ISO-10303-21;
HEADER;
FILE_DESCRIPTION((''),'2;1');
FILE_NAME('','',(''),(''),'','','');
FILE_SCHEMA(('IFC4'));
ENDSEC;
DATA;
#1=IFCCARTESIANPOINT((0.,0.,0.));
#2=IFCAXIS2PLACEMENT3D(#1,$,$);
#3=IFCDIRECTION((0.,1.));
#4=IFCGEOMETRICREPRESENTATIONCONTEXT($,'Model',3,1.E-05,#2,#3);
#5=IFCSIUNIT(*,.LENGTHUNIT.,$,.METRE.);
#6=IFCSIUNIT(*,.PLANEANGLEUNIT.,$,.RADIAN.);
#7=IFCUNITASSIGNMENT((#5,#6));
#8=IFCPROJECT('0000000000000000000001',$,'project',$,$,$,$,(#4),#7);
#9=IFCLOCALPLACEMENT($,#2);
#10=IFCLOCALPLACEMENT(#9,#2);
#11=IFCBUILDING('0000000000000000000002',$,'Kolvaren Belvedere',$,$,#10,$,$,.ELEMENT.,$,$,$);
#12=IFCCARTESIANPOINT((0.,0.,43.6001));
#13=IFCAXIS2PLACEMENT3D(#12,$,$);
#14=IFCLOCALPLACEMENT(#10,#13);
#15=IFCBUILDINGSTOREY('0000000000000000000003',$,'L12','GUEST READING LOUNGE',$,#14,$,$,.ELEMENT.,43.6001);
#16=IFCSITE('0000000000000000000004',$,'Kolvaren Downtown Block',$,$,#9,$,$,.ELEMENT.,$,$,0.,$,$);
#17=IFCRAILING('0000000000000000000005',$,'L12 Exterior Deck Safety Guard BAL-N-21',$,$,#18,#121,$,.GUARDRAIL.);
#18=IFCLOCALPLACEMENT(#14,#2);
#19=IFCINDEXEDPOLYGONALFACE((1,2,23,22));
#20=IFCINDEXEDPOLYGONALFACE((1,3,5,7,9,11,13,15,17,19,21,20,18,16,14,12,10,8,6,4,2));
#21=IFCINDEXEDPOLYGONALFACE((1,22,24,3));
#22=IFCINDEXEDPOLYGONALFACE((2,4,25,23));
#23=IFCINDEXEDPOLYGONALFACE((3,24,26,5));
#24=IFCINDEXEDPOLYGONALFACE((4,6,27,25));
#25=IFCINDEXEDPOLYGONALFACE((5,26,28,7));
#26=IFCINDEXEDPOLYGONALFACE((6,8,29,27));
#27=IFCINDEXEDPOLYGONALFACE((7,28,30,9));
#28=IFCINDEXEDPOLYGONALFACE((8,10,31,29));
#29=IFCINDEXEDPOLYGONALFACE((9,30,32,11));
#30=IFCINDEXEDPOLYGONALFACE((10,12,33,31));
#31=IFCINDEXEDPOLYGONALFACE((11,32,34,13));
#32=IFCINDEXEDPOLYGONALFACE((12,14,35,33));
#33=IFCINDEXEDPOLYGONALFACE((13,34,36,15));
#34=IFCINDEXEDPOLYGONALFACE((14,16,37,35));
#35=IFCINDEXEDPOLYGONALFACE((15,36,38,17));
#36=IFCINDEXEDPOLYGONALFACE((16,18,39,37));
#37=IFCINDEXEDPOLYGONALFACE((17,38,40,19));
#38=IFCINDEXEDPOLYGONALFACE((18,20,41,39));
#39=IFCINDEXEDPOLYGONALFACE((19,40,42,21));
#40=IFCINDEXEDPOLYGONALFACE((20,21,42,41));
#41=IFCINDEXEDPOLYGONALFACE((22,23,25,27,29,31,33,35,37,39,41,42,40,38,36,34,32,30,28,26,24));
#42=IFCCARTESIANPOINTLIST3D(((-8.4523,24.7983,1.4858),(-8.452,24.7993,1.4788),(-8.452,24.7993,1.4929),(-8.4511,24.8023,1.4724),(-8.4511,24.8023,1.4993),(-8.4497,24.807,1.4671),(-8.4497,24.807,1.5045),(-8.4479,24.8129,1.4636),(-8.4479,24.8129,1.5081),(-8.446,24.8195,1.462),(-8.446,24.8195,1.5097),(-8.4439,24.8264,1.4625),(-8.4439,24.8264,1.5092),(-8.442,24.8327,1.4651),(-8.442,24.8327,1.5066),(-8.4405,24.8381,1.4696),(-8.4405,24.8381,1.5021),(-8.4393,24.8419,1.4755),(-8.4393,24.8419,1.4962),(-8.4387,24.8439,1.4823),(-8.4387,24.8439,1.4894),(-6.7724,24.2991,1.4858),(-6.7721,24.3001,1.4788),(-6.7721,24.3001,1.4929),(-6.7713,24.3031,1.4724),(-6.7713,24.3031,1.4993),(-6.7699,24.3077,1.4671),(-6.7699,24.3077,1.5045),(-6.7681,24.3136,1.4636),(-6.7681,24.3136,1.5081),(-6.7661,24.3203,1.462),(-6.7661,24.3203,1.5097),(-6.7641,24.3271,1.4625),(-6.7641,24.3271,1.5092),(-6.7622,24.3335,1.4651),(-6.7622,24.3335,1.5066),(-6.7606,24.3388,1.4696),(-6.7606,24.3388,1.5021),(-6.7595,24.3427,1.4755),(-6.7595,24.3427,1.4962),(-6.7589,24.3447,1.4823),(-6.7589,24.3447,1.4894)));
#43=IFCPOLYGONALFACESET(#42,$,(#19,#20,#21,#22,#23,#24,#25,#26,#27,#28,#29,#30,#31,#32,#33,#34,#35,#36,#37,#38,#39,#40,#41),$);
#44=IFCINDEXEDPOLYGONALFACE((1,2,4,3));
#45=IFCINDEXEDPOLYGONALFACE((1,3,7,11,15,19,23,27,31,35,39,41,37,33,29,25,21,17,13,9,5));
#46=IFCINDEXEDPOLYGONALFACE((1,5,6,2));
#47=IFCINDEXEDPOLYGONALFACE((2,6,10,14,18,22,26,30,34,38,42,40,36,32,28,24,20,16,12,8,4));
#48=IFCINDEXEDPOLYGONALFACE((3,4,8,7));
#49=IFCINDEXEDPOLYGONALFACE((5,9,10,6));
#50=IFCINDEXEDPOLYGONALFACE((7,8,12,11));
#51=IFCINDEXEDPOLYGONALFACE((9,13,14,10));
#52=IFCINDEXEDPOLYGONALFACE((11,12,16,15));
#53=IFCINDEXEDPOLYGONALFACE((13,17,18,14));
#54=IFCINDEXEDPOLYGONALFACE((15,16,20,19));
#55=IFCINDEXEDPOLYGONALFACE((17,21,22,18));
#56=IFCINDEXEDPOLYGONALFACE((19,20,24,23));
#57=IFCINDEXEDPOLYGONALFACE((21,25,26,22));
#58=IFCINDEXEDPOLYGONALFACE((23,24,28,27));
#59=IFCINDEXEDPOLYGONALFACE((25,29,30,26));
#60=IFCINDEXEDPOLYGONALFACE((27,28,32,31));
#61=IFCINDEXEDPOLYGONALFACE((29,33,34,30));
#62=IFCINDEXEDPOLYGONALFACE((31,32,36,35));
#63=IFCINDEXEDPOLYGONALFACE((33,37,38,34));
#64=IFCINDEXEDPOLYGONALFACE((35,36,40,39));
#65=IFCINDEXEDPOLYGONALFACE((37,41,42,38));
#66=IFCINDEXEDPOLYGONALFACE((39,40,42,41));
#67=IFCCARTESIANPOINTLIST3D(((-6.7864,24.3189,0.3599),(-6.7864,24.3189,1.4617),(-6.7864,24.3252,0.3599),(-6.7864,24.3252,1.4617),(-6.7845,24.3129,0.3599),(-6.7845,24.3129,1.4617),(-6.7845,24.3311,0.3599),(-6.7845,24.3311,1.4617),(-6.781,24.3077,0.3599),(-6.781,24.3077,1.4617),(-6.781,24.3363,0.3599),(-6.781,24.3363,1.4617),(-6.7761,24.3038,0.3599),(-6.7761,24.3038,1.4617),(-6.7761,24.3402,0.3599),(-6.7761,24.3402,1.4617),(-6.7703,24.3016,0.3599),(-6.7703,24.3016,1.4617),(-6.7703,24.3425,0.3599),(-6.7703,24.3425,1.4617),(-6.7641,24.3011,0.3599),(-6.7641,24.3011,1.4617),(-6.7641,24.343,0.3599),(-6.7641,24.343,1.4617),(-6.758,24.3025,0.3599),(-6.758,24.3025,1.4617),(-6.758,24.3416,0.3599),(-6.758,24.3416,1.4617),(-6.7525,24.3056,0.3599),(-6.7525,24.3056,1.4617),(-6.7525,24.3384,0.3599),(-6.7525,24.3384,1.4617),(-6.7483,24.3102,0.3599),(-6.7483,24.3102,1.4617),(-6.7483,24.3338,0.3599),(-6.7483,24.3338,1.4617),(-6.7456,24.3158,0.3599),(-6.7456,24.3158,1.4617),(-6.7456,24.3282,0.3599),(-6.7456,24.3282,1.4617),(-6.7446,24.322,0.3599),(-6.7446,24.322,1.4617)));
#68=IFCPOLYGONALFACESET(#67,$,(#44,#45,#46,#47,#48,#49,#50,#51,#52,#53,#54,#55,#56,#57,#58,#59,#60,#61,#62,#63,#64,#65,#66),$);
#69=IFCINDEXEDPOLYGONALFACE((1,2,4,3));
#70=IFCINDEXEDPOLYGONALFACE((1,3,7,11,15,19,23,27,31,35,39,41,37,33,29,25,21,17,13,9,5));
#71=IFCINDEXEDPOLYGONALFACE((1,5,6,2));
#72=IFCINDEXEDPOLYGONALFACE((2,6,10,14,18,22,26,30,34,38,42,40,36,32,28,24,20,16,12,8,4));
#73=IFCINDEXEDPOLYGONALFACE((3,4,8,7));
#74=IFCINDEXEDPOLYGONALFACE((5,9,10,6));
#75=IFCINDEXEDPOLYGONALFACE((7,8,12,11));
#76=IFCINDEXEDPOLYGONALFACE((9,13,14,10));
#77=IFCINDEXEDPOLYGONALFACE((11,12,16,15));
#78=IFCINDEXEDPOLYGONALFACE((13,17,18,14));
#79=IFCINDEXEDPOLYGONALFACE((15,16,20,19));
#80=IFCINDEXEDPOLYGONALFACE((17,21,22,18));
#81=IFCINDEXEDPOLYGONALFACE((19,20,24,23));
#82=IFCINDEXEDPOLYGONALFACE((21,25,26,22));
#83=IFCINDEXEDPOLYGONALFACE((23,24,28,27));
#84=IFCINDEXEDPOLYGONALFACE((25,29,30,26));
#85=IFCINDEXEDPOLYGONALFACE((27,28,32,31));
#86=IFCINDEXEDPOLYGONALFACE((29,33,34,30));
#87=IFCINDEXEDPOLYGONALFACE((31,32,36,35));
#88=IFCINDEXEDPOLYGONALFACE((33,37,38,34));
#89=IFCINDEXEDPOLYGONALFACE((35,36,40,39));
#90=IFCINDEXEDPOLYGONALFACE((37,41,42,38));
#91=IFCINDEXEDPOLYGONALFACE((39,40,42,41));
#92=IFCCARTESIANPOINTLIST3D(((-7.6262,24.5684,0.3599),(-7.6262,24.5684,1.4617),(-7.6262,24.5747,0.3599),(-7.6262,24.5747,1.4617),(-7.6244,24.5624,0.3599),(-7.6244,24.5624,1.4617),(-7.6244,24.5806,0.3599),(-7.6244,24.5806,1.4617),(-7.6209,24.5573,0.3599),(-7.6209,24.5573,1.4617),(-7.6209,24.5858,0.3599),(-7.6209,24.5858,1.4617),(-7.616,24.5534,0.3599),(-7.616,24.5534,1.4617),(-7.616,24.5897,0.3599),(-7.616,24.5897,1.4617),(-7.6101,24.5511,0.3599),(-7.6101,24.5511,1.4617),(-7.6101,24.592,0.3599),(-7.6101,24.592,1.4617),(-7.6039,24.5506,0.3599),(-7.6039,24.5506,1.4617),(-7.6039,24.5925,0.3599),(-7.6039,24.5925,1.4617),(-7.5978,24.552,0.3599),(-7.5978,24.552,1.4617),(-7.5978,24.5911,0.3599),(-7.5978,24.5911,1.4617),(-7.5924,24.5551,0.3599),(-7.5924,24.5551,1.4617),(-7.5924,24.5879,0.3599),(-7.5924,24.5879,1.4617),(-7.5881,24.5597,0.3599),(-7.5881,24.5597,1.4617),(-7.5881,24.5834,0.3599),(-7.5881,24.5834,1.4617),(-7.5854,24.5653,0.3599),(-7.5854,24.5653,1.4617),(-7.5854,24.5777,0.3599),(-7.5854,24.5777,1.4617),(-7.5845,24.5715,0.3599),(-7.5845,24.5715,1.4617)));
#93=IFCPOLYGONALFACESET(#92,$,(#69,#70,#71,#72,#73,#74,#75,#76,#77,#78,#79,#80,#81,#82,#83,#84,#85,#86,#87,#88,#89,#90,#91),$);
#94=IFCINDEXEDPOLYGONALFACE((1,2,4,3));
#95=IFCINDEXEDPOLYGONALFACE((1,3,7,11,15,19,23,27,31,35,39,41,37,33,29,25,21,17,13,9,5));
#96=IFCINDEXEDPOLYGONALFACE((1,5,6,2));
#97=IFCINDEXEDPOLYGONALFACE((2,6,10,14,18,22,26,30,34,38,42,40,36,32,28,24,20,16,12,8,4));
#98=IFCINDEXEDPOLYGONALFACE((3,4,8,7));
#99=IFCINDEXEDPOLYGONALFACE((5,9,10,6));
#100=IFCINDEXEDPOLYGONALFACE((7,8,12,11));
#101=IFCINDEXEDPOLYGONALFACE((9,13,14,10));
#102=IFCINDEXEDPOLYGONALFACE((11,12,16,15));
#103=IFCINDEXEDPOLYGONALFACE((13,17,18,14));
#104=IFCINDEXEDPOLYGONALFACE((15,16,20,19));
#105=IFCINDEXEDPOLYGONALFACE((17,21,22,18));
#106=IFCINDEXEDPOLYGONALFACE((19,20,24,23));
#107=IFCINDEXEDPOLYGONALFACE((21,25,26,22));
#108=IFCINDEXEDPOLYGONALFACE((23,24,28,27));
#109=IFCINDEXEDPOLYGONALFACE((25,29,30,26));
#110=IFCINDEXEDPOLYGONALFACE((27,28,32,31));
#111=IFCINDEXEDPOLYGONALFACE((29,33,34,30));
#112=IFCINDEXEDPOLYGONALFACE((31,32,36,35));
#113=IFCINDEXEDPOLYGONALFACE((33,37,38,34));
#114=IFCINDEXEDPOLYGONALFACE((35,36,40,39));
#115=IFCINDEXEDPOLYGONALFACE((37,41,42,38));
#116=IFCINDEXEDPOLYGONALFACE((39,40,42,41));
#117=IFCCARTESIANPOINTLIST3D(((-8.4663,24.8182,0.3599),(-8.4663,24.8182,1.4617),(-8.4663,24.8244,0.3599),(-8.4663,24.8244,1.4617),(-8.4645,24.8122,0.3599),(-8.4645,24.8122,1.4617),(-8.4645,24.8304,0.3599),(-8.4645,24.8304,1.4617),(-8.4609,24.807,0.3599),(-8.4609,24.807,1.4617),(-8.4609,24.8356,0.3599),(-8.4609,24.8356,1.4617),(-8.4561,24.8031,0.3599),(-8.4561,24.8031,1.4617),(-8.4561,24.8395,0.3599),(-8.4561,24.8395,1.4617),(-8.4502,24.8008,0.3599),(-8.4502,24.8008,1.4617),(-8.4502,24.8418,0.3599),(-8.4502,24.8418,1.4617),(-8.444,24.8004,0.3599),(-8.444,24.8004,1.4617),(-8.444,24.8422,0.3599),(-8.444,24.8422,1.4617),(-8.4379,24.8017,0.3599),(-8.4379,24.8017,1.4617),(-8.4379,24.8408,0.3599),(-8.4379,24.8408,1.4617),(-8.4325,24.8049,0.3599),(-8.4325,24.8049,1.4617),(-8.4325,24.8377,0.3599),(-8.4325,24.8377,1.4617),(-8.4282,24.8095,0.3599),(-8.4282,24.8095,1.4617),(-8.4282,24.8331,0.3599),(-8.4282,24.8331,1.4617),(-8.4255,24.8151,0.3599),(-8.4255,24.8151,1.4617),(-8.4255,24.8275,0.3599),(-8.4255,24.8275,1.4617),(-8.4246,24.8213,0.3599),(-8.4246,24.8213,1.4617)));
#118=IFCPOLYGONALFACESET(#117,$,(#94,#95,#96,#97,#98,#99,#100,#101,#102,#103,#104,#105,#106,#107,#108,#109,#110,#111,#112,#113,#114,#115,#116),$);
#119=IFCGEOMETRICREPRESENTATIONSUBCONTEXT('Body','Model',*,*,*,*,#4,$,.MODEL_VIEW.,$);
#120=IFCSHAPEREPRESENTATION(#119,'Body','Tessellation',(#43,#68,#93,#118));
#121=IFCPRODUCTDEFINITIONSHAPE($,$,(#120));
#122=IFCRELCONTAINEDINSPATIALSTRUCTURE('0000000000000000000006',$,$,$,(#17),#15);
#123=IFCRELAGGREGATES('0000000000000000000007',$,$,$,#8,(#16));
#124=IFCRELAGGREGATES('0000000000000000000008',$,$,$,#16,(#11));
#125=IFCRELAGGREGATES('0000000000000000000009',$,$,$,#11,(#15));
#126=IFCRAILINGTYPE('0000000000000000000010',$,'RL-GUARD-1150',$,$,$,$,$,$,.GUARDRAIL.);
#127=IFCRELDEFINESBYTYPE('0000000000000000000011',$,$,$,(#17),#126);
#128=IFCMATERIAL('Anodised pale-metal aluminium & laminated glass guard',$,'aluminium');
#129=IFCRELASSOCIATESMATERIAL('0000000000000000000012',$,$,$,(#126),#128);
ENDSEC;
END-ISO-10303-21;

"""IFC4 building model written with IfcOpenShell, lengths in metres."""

from ifc_helpers import new_model, si_unit, direction, frame, origin, origin_2d, place, context, subcontext, project, spatial, circle, extrude, material, type_object, element, save


model = new_model("IFC4")

# Units and contexts
model_context = context("Model", 3, precision=1e-05, world=origin(), true_north=direction((0.0, 1.0)))
body_context = subcontext(model_context, "Body", "Model", "MODEL_VIEW")
ifc_project = project(units=[si_unit("LENGTHUNIT", "METRE"), si_unit("PLANEANGLEUNIT", "RADIAN")], contexts=[model_context])

# Site, building, storey
site_placement = place(None, origin())
site = spatial("IfcSite", under=ifc_project, at=site_placement, Name="Kolvaren Downtown Block", CompositionType="ELEMENT", RefElevation=0.0)
building_placement = place(site_placement, origin())
building = spatial("IfcBuilding", under=site, at=building_placement, Name="Kolvaren Belvedere", CompositionType="ELEMENT")
storey_placement = place(building_placement, frame((0.0, 0.0, 43.6001)))
storey = spatial("IfcBuildingStorey", under=building, at=storey_placement, Name="L12", Description="GUEST READING LOUNGE", CompositionType="ELEMENT", Elevation=43.6001)

# Railing
ifc_material_1 = material(Name="Anodised pale-metal aluminium & laminated glass guard", Category="aluminium")
railing_type = type_object("IfcRailingType", Name="RL-GUARD-1150", PredefinedType="GUARDRAIL", material=ifc_material_1)
railing_1_placement = place(storey_placement, frame((-6.7656, 24.322, 0.3599)))
element("IfcRailing", 1, at=railing_1_placement, inside=storey, type_object=railing_type, Name="L12 Exterior Deck Safety Guard BAL-N-21", PredefinedType="GUARDRAIL", context=body_context, shape_type="SweptSolid", body=[
    extrude(circle(Radius=0.0239, at=origin_2d()), frame((0.0, 0.0, 1.126), z_axis=(-0.958563, 0.28488, 0.0), x_axis=(-0.28488, -0.958563, 0.0)), (0.0, 0.0, 1.0), 1.7524),
    extrude(circle(Radius=0.021, at=origin_2d()), origin(), (0.0, 0.0, 1.0), 1.1018),
    extrude(circle(Radius=0.021, at=origin_2d()), frame((-0.8398, 0.2495, 0.0)), (0.0, 0.0, 1.0), 1.1018),
    extrude(circle(Radius=0.021, at=origin_2d()), frame((-1.6799, 0.4993, 0.0)), (0.0, 0.0, 1.0), 1.1018),
])

save(model, "model.ifc")
